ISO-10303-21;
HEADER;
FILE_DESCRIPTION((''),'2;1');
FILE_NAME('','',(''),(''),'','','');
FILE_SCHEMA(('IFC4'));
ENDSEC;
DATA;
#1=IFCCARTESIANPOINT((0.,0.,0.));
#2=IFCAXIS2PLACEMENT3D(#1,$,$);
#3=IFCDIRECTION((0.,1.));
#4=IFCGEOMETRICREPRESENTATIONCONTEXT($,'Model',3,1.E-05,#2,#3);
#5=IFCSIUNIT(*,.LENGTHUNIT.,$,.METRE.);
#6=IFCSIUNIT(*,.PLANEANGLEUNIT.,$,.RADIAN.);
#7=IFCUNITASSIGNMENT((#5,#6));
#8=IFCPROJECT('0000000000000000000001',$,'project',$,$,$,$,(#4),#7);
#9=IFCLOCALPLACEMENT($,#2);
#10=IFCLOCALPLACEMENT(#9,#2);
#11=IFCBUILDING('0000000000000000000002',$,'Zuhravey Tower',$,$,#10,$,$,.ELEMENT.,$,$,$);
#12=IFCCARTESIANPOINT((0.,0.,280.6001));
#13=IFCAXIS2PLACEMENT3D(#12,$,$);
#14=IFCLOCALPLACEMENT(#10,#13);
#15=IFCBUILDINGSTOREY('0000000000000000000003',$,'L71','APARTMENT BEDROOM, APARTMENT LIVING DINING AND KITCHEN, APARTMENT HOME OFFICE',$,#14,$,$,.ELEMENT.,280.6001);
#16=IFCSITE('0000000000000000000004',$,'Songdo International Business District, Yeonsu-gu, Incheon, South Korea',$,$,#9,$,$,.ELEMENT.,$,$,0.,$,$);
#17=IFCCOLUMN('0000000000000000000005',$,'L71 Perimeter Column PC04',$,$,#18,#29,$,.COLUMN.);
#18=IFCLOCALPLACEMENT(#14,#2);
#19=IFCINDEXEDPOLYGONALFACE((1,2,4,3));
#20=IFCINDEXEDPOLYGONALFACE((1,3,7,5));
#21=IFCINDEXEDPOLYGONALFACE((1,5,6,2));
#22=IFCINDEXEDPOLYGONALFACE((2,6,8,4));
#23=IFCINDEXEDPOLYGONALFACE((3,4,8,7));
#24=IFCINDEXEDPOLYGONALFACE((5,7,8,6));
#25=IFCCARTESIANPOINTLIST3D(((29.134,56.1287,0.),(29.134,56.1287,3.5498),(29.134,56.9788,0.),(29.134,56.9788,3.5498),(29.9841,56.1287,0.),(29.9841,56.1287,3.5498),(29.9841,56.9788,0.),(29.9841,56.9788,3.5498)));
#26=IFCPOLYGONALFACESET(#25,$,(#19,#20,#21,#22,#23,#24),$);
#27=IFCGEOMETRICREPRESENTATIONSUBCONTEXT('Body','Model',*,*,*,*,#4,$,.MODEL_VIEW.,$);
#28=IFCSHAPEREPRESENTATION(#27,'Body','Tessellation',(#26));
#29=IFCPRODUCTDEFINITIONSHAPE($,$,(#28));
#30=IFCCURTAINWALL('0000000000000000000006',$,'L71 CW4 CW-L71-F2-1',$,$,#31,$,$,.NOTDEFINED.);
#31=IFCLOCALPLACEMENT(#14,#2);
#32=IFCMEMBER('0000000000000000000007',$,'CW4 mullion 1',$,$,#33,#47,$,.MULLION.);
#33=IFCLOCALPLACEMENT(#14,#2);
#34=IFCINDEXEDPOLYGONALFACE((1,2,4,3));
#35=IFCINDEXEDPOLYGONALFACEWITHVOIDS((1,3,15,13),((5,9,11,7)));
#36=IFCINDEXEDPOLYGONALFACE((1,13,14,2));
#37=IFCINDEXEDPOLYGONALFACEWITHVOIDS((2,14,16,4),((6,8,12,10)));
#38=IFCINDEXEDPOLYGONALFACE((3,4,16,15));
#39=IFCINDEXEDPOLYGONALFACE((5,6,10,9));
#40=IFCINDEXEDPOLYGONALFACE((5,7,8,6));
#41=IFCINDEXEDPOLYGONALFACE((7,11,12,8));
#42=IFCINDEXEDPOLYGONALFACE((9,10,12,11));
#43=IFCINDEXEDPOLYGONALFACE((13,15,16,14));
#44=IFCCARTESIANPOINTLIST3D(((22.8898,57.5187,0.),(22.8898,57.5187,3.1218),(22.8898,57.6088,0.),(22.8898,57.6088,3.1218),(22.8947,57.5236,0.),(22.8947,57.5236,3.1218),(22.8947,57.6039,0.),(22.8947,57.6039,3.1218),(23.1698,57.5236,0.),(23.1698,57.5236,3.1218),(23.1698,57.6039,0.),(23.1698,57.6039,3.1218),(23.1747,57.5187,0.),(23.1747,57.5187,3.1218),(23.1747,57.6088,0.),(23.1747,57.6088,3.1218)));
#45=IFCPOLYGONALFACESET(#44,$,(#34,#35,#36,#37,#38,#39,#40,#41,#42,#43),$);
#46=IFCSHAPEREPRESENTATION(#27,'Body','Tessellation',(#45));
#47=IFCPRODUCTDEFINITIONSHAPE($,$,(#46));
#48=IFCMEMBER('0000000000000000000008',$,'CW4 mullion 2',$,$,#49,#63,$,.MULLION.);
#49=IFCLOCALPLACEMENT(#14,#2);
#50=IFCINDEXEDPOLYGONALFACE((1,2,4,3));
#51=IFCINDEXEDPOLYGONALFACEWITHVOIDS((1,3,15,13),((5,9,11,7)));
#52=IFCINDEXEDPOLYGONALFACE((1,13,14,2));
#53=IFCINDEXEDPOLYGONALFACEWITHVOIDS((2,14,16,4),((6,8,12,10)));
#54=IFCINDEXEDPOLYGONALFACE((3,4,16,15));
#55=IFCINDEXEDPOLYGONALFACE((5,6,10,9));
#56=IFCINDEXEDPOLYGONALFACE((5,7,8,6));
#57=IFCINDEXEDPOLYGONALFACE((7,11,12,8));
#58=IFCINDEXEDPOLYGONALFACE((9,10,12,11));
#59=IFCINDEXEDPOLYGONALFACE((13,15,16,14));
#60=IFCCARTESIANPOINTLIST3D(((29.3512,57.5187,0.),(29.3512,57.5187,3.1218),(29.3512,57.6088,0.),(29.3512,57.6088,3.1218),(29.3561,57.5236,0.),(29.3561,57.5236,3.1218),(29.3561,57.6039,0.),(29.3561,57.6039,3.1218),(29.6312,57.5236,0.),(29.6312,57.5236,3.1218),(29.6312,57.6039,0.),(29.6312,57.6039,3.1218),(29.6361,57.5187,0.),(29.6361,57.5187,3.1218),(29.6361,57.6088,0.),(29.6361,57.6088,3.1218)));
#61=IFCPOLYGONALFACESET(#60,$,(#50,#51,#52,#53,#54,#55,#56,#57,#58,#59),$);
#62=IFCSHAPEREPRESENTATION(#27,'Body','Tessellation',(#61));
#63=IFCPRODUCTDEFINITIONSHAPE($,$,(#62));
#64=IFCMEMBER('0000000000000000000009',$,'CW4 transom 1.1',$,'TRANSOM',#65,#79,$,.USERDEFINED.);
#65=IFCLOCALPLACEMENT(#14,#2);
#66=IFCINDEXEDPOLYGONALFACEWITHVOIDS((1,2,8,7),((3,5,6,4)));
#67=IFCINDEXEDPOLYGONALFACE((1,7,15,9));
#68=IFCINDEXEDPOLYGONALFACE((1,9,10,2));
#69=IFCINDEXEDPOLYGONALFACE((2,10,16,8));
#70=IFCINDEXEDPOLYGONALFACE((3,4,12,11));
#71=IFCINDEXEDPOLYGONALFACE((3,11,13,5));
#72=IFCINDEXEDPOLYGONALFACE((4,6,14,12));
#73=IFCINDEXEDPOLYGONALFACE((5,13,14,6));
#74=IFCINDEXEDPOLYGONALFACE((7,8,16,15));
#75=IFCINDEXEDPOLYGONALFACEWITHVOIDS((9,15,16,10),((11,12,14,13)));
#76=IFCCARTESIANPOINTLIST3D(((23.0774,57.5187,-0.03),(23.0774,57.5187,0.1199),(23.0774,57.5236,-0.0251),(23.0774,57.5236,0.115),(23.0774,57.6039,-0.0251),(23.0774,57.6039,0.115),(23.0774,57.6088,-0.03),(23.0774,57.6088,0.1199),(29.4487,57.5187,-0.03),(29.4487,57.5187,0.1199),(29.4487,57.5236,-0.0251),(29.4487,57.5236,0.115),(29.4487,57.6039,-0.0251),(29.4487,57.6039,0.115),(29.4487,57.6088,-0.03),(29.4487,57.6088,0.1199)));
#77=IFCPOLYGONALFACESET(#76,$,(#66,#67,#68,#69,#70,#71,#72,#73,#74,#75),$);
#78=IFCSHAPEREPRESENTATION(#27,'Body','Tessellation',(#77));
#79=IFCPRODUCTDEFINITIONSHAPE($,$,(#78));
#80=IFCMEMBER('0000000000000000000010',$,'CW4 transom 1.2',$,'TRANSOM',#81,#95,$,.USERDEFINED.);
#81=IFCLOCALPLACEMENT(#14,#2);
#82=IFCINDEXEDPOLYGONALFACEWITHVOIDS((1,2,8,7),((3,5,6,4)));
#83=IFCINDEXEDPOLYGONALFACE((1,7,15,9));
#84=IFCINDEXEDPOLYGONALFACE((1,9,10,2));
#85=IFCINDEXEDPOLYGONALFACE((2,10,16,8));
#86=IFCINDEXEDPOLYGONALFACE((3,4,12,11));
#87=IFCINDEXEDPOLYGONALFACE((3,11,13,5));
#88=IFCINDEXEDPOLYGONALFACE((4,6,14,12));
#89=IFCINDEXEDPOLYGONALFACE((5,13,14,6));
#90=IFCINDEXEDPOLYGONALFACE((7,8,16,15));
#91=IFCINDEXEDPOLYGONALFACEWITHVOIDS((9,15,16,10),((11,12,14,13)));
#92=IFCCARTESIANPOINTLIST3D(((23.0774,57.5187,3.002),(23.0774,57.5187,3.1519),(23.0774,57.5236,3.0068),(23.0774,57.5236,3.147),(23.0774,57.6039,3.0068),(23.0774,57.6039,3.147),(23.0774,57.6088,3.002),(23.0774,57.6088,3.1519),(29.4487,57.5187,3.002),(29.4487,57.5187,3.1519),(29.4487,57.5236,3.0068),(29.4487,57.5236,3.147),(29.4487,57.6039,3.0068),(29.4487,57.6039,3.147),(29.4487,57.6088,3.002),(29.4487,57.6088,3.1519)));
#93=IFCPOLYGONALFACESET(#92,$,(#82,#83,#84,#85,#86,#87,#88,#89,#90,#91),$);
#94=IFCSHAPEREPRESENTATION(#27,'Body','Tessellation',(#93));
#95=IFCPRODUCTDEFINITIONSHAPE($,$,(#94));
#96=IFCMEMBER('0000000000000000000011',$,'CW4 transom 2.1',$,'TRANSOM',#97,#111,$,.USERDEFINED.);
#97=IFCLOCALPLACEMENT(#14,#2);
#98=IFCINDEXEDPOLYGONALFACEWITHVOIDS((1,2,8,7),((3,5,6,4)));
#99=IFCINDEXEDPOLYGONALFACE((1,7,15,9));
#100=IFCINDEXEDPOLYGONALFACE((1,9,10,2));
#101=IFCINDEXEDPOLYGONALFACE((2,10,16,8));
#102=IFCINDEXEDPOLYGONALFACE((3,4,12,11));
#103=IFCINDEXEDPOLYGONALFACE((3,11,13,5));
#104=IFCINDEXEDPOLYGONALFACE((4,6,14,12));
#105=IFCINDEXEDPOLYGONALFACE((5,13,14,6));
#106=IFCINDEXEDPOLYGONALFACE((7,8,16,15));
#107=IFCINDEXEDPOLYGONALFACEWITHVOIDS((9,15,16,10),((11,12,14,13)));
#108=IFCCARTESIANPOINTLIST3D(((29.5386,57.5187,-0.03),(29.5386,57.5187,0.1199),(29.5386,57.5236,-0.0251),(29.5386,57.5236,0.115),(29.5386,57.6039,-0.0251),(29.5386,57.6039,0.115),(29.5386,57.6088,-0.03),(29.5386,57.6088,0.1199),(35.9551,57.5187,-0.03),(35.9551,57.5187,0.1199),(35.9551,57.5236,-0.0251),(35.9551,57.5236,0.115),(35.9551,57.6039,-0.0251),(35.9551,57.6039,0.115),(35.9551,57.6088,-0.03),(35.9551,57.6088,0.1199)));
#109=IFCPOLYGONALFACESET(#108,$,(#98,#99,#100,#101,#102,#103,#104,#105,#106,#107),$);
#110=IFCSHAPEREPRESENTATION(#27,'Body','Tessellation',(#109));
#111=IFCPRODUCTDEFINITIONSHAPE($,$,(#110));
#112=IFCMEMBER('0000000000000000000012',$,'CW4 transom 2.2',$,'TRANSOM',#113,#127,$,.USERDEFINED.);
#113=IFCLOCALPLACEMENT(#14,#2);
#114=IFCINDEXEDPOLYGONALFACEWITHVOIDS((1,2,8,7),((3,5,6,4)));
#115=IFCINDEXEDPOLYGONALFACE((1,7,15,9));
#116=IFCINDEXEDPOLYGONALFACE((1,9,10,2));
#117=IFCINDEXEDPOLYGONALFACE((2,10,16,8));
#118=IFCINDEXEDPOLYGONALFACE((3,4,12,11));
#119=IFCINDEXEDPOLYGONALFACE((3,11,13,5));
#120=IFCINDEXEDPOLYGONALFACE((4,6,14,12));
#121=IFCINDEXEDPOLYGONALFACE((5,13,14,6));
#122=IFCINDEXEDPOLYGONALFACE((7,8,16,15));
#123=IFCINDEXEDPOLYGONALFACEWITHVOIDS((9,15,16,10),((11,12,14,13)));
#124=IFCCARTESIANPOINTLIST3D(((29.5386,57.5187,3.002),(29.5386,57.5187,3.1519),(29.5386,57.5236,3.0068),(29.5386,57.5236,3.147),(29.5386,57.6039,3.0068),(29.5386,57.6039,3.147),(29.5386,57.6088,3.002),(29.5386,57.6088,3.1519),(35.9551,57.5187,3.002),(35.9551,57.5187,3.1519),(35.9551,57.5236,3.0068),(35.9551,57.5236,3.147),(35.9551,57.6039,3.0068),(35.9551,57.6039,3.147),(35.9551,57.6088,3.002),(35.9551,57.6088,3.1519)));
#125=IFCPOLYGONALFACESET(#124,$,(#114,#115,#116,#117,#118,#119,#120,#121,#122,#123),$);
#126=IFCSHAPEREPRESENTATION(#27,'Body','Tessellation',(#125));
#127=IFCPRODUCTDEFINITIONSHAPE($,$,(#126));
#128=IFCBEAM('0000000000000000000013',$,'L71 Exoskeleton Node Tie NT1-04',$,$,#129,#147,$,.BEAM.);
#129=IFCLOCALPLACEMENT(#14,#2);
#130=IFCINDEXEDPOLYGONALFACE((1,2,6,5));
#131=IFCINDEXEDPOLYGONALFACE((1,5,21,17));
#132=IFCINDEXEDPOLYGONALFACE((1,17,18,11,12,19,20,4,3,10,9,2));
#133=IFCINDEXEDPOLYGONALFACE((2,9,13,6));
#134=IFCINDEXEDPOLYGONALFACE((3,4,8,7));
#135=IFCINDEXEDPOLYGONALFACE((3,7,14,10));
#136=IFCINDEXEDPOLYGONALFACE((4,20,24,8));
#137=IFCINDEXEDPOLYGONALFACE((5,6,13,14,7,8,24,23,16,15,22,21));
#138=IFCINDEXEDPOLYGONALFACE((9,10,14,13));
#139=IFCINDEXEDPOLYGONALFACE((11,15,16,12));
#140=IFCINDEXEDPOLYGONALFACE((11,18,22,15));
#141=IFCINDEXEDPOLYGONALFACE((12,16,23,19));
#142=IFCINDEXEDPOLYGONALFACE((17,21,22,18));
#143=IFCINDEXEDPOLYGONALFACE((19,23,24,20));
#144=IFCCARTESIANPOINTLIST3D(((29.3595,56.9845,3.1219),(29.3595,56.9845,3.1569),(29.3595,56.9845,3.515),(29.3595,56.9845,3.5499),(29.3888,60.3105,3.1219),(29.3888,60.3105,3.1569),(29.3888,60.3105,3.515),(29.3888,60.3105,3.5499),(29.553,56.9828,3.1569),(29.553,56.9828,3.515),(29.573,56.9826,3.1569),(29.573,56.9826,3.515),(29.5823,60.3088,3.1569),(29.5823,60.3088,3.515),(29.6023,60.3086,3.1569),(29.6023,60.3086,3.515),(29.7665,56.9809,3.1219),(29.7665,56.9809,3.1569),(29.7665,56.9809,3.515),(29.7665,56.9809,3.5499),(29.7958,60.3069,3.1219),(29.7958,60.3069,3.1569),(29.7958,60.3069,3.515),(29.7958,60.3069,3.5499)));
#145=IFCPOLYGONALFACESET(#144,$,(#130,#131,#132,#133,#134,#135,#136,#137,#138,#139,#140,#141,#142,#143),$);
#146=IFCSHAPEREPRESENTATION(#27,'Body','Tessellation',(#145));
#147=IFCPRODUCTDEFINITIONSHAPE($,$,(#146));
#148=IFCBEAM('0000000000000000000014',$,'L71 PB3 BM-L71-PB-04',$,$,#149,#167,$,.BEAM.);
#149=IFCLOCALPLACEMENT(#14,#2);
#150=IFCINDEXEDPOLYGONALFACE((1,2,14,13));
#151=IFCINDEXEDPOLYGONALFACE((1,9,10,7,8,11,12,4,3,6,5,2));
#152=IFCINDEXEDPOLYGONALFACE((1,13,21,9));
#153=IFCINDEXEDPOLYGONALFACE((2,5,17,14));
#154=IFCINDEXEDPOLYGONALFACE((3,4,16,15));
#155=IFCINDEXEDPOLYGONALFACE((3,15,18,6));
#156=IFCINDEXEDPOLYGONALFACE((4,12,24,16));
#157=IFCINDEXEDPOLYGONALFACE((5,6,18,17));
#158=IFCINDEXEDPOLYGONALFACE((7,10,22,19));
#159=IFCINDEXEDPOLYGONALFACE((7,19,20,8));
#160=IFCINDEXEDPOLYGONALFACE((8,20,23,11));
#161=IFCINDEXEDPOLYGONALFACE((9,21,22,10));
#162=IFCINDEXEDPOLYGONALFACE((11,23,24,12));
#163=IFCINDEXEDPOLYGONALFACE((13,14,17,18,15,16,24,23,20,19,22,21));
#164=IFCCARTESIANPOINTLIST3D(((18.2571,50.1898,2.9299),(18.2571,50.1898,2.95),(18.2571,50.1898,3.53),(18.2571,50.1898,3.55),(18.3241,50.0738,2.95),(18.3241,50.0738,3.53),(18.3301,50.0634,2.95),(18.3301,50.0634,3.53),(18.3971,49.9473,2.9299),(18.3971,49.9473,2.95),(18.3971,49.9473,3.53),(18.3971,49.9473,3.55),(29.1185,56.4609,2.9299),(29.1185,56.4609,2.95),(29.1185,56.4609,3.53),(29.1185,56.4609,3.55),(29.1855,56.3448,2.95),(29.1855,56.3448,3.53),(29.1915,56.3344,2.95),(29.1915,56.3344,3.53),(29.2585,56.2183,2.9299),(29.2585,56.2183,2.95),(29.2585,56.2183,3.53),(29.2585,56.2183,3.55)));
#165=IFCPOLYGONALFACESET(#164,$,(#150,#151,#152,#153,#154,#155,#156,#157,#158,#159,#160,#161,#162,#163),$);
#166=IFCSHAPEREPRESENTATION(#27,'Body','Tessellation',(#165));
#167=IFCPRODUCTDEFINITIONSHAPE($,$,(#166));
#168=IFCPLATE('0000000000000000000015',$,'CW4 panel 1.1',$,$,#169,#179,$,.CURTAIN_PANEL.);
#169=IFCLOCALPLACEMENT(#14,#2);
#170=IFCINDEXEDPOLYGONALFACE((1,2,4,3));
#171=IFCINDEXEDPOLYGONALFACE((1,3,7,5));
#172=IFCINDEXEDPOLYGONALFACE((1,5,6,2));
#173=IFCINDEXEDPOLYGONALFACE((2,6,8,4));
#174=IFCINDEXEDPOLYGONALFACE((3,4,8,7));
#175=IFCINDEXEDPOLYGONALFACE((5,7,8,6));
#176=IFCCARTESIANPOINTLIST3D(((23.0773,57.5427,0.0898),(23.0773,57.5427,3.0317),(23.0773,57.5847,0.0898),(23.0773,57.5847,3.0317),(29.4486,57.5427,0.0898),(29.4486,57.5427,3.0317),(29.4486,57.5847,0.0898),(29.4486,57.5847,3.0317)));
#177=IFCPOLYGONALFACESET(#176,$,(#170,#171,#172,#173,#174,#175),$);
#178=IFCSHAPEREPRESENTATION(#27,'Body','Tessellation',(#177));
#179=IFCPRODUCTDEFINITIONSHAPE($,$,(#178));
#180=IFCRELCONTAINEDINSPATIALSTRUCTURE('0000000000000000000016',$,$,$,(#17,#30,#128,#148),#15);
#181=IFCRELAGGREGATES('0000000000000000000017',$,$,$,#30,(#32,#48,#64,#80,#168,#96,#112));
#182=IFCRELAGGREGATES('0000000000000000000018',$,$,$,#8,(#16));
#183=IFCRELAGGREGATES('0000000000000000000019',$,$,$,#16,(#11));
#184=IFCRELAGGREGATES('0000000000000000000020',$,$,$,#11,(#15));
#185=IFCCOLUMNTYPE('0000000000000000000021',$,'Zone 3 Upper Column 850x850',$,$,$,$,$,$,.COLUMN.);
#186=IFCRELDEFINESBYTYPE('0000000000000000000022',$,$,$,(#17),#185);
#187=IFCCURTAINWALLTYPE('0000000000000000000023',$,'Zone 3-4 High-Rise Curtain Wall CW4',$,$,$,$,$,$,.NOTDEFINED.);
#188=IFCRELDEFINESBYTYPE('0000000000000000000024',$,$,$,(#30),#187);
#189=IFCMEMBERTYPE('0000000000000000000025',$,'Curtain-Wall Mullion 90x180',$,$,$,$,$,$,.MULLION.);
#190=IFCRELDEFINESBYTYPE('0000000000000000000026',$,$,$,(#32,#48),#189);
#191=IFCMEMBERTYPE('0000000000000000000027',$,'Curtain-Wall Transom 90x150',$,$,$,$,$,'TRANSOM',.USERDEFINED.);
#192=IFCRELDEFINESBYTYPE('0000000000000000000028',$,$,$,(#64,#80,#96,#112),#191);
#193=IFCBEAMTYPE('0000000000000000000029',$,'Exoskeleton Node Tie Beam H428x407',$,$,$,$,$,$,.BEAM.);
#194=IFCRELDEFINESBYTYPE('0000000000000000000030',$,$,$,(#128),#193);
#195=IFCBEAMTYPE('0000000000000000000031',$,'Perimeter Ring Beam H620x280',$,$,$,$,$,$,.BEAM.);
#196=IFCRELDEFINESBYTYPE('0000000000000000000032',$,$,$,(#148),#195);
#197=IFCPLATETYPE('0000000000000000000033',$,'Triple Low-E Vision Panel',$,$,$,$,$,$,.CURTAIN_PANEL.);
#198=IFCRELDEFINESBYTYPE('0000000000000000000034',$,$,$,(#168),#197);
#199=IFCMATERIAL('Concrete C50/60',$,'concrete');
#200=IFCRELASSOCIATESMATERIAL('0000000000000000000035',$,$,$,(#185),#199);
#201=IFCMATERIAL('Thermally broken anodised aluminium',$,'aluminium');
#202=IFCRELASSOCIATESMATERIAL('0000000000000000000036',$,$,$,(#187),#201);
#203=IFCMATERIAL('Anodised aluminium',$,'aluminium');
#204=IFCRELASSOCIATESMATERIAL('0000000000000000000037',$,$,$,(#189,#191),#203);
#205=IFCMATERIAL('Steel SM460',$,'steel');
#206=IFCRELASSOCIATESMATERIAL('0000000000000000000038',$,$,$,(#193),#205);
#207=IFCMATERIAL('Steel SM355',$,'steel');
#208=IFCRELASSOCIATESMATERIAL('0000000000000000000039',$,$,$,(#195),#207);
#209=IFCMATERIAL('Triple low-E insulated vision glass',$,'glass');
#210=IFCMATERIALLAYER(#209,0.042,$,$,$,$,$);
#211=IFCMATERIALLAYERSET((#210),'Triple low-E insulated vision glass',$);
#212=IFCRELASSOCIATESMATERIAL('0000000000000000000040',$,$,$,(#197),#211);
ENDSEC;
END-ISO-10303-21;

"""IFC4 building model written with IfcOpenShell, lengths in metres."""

from ifc_helpers import new_model, si_unit, direction, frame, origin, origin_2d, place, context, subcontext, project, spatial, rectangle, hollow_rectangle, i_section, extrude, material, layer, layer_set, material_profile, profile_set, type_object, element, aggregate, save


model = new_model("IFC4")

# Units and contexts
model_context = context("Model", 3, precision=1e-05, world=origin(), true_north=direction((0.0, 1.0)))
body_context = subcontext(model_context, "Body", "Model", "MODEL_VIEW")
ifc_project = project(units=[si_unit("LENGTHUNIT", "METRE"), si_unit("PLANEANGLEUNIT", "RADIAN")], contexts=[model_context])

# Site, building, storey
site_placement = place(None, origin())
site = spatial("IfcSite", under=ifc_project, at=site_placement, Name="Songdo International Business District, Yeonsu-gu, Incheon, South Korea", CompositionType="ELEMENT", RefElevation=0.0)
building_placement = place(site_placement, origin())
building = spatial("IfcBuilding", under=site, at=building_placement, Name="Zuhravey Tower", CompositionType="ELEMENT")
storey_placement = place(building_placement, frame((0.0, 0.0, 280.6001)))
storey = spatial("IfcBuildingStorey", under=building, at=storey_placement, Name="L71", Description="APARTMENT BEDROOM, APARTMENT LIVING DINING AND KITCHEN, APARTMENT HOME OFFICE", CompositionType="ELEMENT", Elevation=280.6001)

# Column
ifc_material_1 = material(Name="Concrete C50/60", Category="concrete")
ifc_material_profile_1 = material_profile(ifc_material_1, rectangle(XDim=0.8501, YDim=0.8501, at=origin_2d()), Name="RC-850x850")
ifc_profile_set_1 = profile_set([ifc_material_profile_1], Name="Concrete C50/60")
column_type = type_object("IfcColumnType", Name="Zone 3 Upper Column 850x850", PredefinedType="COLUMN", material=ifc_profile_set_1)
column_placement = place(storey_placement, frame((29.5591, 56.5537, 0.0), z_axis=(0.0, 0.0, 1.0), x_axis=(-1.0, 0.0, 0.0)))
element("IfcColumn", 1, at=column_placement, inside=storey, type_object=column_type, Name="L71 Perimeter Column PC04", PredefinedType="COLUMN", context=body_context, shape_type="SweptSolid", body=[
    extrude(rectangle(XDim=0.8501, YDim=0.8501, at=origin_2d()), origin(), (0.0, 0.0, 1.0), 3.5498),
])

# Curtain wall, members
ifc_material_2 = material(Name="Thermally broken anodised aluminium", Category="aluminium")
curtain_wall_type = type_object("IfcCurtainWallType", Name="Zone 3-4 High-Rise Curtain Wall CW4", PredefinedType="NOTDEFINED", material=ifc_material_2)
curtain_wall_placement = place(storey_placement, origin())
curtain_wall = element("IfcCurtainWall", 2, at=curtain_wall_placement, inside=storey, type_object=curtain_wall_type, Name="L71 CW4 CW-L71-F2-1", PredefinedType="NOTDEFINED")
ifc_material_3 = material(Name="Anodised aluminium", Category="aluminium")
ifc_material_profile_2 = material_profile(ifc_material_3, hollow_rectangle(XDim=0.0901, YDim=0.2849, WallThickness=0.0049, at=origin_2d()), Name="ALU-RHS-90x285x5")
ifc_profile_set_2 = profile_set([ifc_material_profile_2], Name="Anodised aluminium")
member_type_1 = type_object("IfcMemberType", Name="Curtain-Wall Mullion 90x180", PredefinedType="MULLION", material=ifc_profile_set_2)
member_1_placement = place(storey_placement, frame((23.0322, 57.5637, 0.0), z_axis=(0.0, 0.0, 1.0), x_axis=(0.0, 1.0, 0.0)))
member_1 = element("IfcMember", 3, at=member_1_placement, type_object=member_type_1, Name="CW4 mullion 1", PredefinedType="MULLION", context=body_context, shape_type="SweptSolid", body=[
    extrude(hollow_rectangle(XDim=0.0901, YDim=0.2849, WallThickness=0.0049, at=origin_2d()), origin(), (0.0, 0.0, 1.0), 3.1218),
])
member_2_placement = place(storey_placement, frame((29.4937, 57.5637, 0.0), z_axis=(0.0, 0.0, 1.0), x_axis=(0.0, 1.0, 0.0)))
member_2 = element("IfcMember", 4, at=member_2_placement, type_object=member_type_1, Name="CW4 mullion 2", PredefinedType="MULLION", context=body_context, shape_type="SweptSolid", body=[
    extrude(hollow_rectangle(XDim=0.0901, YDim=0.2849, WallThickness=0.0049, at=origin_2d()), origin(), (0.0, 0.0, 1.0), 3.1218),
])
ifc_material_profile_3 = material_profile(ifc_material_3, hollow_rectangle(XDim=0.0901, YDim=0.1499, WallThickness=0.0049, at=origin_2d()), Name="ALU-RHS-90x150x5")
ifc_profile_set_3 = profile_set([ifc_material_profile_3], Name="Anodised aluminium")
member_type_2 = type_object("IfcMemberType", Name="Curtain-Wall Transom 90x150", ElementType="TRANSOM", PredefinedType="USERDEFINED", material=ifc_profile_set_3)
member_3_placement = place(storey_placement, frame((23.0774, 57.5637, 0.0449), z_axis=(1.0, 0.0, 0.0), x_axis=(0.0, 1.0, 0.0)))
member_3 = element("IfcMember", 5, at=member_3_placement, type_object=member_type_2, Name="CW4 transom 1.1", ObjectType="TRANSOM", PredefinedType="USERDEFINED", context=body_context, shape_type="SweptSolid", body=[
    extrude(hollow_rectangle(XDim=0.0901, YDim=0.1499, WallThickness=0.0049, at=origin_2d()), origin(), (0.0, 0.0, 1.0), 6.3713),
])
member_4_placement = place(storey_placement, frame((23.0774, 57.5637, 3.0769), z_axis=(1.0, 0.0, 0.0), x_axis=(0.0, 1.0, 0.0)))
member_4 = element("IfcMember", 6, at=member_4_placement, type_object=member_type_2, Name="CW4 transom 1.2", ObjectType="TRANSOM", PredefinedType="USERDEFINED", context=body_context, shape_type="SweptSolid", body=[
    extrude(hollow_rectangle(XDim=0.0901, YDim=0.1499, WallThickness=0.0049, at=origin_2d()), origin(), (0.0, 0.0, 1.0), 6.3713),
])
member_5_placement = place(storey_placement, frame((29.5386, 57.5637, 0.0449), z_axis=(1.0, 0.0, 0.0), x_axis=(0.0, 1.0, 0.0)))
member_5 = element("IfcMember", 7, at=member_5_placement, type_object=member_type_2, Name="CW4 transom 2.1", ObjectType="TRANSOM", PredefinedType="USERDEFINED", context=body_context, shape_type="SweptSolid", body=[
    extrude(hollow_rectangle(XDim=0.0901, YDim=0.1499, WallThickness=0.0049, at=origin_2d()), origin(), (0.0, 0.0, 1.0), 6.4165),
])
member_6_placement = place(storey_placement, frame((29.5386, 57.5637, 3.0769), z_axis=(1.0, 0.0, 0.0), x_axis=(0.0, 1.0, 0.0)))
member_6 = element("IfcMember", 8, at=member_6_placement, type_object=member_type_2, Name="CW4 transom 2.2", ObjectType="TRANSOM", PredefinedType="USERDEFINED", context=body_context, shape_type="SweptSolid", body=[
    extrude(hollow_rectangle(XDim=0.0901, YDim=0.1499, WallThickness=0.0049, at=origin_2d()), origin(), (0.0, 0.0, 1.0), 6.4165),
])

# Beams
ifc_material_4 = material(Name="Steel SM460", Category="steel")
ifc_material_profile_4 = material_profile(ifc_material_4, i_section(OverallWidth=0.407, OverallDepth=0.428, WebThickness=0.02, FlangeThickness=0.0349, at=origin_2d()), Name="H-428x407x20x35")
ifc_profile_set_4 = profile_set([ifc_material_profile_4], Name="Steel SM460")
beam_type_1 = type_object("IfcBeamType", Name="Exoskeleton Node Tie Beam H428x407", PredefinedType="BEAM", material=ifc_profile_set_4)
beam_1_placement = place(storey_placement, frame((29.563, 56.9827, 3.3359), z_axis=(0.008808, 0.999961, 0.0), x_axis=(-0.999961, 0.008808, 0.0)))
element("IfcBeam", 9, at=beam_1_placement, inside=storey, type_object=beam_type_1, Name="L71 Exoskeleton Node Tie NT1-04", PredefinedType="BEAM", context=body_context, shape_type="SweptSolid", body=[
    extrude(i_section(OverallWidth=0.407, OverallDepth=0.428, WebThickness=0.02, FlangeThickness=0.0349, at=origin_2d()), origin(), (0.0, 0.0, 1.0), 3.3262),
])
ifc_material_5 = material(Name="Steel SM355", Category="steel")
ifc_material_profile_5 = material_profile(ifc_material_5, i_section(OverallWidth=0.28, OverallDepth=0.6201, WebThickness=0.012, FlangeThickness=0.02, at=origin_2d()), Name="H-620x280x12x20")
ifc_profile_set_5 = profile_set([ifc_material_profile_5], Name="Steel SM355")
beam_type_2 = type_object("IfcBeamType", Name="Perimeter Ring Beam H620x280", PredefinedType="BEAM", material=ifc_profile_set_5)
beam_2_placement = place(storey_placement, frame((29.1885, 56.3396, 3.24), z_axis=(-0.866018, -0.500012, 0.0), x_axis=(0.500012, -0.866018, 0.0)))
element("IfcBeam", 10, at=beam_2_placement, inside=storey, type_object=beam_type_2, Name="L71 PB3 BM-L71-PB-04", PredefinedType="BEAM", context=body_context, shape_type="SweptSolid", body=[
    extrude(i_section(OverallWidth=0.28, OverallDepth=0.6201, WebThickness=0.012, FlangeThickness=0.02, at=origin_2d()), origin(), (0.0, 0.0, 1.0), 12.5417),
])

# Plate
ifc_material_6 = material(Name="Triple low-E insulated vision glass", Category="glass")
ifc_layer_1 = layer(ifc_material_6, 0.042)
ifc_layer_set_1 = layer_set([ifc_layer_1], Name="Triple low-E insulated vision glass")
plate_type = type_object("IfcPlateType", Name="Triple Low-E Vision Panel", PredefinedType="CURTAIN_PANEL", material=ifc_layer_set_1)
plate_1_placement = place(storey_placement, frame((26.2629, 57.5637, 0.0898), z_axis=(0.0, 0.0, 1.0), x_axis=(1.0, 0.0, 0.0)))
plate_1 = element("IfcPlate", 11, at=plate_1_placement, type_object=plate_type, Name="CW4 panel 1.1", PredefinedType="CURTAIN_PANEL", context=body_context, shape_type="SweptSolid", body=[
    extrude(rectangle(XDim=6.3713, YDim=0.042, at=origin_2d()), origin(), (0.0, 0.0, 1.0), 2.9419),
])
aggregate(curtain_wall, [member_1, member_2, member_3, member_4, plate_1, member_5, member_6])

save(model, "model.ifc")
